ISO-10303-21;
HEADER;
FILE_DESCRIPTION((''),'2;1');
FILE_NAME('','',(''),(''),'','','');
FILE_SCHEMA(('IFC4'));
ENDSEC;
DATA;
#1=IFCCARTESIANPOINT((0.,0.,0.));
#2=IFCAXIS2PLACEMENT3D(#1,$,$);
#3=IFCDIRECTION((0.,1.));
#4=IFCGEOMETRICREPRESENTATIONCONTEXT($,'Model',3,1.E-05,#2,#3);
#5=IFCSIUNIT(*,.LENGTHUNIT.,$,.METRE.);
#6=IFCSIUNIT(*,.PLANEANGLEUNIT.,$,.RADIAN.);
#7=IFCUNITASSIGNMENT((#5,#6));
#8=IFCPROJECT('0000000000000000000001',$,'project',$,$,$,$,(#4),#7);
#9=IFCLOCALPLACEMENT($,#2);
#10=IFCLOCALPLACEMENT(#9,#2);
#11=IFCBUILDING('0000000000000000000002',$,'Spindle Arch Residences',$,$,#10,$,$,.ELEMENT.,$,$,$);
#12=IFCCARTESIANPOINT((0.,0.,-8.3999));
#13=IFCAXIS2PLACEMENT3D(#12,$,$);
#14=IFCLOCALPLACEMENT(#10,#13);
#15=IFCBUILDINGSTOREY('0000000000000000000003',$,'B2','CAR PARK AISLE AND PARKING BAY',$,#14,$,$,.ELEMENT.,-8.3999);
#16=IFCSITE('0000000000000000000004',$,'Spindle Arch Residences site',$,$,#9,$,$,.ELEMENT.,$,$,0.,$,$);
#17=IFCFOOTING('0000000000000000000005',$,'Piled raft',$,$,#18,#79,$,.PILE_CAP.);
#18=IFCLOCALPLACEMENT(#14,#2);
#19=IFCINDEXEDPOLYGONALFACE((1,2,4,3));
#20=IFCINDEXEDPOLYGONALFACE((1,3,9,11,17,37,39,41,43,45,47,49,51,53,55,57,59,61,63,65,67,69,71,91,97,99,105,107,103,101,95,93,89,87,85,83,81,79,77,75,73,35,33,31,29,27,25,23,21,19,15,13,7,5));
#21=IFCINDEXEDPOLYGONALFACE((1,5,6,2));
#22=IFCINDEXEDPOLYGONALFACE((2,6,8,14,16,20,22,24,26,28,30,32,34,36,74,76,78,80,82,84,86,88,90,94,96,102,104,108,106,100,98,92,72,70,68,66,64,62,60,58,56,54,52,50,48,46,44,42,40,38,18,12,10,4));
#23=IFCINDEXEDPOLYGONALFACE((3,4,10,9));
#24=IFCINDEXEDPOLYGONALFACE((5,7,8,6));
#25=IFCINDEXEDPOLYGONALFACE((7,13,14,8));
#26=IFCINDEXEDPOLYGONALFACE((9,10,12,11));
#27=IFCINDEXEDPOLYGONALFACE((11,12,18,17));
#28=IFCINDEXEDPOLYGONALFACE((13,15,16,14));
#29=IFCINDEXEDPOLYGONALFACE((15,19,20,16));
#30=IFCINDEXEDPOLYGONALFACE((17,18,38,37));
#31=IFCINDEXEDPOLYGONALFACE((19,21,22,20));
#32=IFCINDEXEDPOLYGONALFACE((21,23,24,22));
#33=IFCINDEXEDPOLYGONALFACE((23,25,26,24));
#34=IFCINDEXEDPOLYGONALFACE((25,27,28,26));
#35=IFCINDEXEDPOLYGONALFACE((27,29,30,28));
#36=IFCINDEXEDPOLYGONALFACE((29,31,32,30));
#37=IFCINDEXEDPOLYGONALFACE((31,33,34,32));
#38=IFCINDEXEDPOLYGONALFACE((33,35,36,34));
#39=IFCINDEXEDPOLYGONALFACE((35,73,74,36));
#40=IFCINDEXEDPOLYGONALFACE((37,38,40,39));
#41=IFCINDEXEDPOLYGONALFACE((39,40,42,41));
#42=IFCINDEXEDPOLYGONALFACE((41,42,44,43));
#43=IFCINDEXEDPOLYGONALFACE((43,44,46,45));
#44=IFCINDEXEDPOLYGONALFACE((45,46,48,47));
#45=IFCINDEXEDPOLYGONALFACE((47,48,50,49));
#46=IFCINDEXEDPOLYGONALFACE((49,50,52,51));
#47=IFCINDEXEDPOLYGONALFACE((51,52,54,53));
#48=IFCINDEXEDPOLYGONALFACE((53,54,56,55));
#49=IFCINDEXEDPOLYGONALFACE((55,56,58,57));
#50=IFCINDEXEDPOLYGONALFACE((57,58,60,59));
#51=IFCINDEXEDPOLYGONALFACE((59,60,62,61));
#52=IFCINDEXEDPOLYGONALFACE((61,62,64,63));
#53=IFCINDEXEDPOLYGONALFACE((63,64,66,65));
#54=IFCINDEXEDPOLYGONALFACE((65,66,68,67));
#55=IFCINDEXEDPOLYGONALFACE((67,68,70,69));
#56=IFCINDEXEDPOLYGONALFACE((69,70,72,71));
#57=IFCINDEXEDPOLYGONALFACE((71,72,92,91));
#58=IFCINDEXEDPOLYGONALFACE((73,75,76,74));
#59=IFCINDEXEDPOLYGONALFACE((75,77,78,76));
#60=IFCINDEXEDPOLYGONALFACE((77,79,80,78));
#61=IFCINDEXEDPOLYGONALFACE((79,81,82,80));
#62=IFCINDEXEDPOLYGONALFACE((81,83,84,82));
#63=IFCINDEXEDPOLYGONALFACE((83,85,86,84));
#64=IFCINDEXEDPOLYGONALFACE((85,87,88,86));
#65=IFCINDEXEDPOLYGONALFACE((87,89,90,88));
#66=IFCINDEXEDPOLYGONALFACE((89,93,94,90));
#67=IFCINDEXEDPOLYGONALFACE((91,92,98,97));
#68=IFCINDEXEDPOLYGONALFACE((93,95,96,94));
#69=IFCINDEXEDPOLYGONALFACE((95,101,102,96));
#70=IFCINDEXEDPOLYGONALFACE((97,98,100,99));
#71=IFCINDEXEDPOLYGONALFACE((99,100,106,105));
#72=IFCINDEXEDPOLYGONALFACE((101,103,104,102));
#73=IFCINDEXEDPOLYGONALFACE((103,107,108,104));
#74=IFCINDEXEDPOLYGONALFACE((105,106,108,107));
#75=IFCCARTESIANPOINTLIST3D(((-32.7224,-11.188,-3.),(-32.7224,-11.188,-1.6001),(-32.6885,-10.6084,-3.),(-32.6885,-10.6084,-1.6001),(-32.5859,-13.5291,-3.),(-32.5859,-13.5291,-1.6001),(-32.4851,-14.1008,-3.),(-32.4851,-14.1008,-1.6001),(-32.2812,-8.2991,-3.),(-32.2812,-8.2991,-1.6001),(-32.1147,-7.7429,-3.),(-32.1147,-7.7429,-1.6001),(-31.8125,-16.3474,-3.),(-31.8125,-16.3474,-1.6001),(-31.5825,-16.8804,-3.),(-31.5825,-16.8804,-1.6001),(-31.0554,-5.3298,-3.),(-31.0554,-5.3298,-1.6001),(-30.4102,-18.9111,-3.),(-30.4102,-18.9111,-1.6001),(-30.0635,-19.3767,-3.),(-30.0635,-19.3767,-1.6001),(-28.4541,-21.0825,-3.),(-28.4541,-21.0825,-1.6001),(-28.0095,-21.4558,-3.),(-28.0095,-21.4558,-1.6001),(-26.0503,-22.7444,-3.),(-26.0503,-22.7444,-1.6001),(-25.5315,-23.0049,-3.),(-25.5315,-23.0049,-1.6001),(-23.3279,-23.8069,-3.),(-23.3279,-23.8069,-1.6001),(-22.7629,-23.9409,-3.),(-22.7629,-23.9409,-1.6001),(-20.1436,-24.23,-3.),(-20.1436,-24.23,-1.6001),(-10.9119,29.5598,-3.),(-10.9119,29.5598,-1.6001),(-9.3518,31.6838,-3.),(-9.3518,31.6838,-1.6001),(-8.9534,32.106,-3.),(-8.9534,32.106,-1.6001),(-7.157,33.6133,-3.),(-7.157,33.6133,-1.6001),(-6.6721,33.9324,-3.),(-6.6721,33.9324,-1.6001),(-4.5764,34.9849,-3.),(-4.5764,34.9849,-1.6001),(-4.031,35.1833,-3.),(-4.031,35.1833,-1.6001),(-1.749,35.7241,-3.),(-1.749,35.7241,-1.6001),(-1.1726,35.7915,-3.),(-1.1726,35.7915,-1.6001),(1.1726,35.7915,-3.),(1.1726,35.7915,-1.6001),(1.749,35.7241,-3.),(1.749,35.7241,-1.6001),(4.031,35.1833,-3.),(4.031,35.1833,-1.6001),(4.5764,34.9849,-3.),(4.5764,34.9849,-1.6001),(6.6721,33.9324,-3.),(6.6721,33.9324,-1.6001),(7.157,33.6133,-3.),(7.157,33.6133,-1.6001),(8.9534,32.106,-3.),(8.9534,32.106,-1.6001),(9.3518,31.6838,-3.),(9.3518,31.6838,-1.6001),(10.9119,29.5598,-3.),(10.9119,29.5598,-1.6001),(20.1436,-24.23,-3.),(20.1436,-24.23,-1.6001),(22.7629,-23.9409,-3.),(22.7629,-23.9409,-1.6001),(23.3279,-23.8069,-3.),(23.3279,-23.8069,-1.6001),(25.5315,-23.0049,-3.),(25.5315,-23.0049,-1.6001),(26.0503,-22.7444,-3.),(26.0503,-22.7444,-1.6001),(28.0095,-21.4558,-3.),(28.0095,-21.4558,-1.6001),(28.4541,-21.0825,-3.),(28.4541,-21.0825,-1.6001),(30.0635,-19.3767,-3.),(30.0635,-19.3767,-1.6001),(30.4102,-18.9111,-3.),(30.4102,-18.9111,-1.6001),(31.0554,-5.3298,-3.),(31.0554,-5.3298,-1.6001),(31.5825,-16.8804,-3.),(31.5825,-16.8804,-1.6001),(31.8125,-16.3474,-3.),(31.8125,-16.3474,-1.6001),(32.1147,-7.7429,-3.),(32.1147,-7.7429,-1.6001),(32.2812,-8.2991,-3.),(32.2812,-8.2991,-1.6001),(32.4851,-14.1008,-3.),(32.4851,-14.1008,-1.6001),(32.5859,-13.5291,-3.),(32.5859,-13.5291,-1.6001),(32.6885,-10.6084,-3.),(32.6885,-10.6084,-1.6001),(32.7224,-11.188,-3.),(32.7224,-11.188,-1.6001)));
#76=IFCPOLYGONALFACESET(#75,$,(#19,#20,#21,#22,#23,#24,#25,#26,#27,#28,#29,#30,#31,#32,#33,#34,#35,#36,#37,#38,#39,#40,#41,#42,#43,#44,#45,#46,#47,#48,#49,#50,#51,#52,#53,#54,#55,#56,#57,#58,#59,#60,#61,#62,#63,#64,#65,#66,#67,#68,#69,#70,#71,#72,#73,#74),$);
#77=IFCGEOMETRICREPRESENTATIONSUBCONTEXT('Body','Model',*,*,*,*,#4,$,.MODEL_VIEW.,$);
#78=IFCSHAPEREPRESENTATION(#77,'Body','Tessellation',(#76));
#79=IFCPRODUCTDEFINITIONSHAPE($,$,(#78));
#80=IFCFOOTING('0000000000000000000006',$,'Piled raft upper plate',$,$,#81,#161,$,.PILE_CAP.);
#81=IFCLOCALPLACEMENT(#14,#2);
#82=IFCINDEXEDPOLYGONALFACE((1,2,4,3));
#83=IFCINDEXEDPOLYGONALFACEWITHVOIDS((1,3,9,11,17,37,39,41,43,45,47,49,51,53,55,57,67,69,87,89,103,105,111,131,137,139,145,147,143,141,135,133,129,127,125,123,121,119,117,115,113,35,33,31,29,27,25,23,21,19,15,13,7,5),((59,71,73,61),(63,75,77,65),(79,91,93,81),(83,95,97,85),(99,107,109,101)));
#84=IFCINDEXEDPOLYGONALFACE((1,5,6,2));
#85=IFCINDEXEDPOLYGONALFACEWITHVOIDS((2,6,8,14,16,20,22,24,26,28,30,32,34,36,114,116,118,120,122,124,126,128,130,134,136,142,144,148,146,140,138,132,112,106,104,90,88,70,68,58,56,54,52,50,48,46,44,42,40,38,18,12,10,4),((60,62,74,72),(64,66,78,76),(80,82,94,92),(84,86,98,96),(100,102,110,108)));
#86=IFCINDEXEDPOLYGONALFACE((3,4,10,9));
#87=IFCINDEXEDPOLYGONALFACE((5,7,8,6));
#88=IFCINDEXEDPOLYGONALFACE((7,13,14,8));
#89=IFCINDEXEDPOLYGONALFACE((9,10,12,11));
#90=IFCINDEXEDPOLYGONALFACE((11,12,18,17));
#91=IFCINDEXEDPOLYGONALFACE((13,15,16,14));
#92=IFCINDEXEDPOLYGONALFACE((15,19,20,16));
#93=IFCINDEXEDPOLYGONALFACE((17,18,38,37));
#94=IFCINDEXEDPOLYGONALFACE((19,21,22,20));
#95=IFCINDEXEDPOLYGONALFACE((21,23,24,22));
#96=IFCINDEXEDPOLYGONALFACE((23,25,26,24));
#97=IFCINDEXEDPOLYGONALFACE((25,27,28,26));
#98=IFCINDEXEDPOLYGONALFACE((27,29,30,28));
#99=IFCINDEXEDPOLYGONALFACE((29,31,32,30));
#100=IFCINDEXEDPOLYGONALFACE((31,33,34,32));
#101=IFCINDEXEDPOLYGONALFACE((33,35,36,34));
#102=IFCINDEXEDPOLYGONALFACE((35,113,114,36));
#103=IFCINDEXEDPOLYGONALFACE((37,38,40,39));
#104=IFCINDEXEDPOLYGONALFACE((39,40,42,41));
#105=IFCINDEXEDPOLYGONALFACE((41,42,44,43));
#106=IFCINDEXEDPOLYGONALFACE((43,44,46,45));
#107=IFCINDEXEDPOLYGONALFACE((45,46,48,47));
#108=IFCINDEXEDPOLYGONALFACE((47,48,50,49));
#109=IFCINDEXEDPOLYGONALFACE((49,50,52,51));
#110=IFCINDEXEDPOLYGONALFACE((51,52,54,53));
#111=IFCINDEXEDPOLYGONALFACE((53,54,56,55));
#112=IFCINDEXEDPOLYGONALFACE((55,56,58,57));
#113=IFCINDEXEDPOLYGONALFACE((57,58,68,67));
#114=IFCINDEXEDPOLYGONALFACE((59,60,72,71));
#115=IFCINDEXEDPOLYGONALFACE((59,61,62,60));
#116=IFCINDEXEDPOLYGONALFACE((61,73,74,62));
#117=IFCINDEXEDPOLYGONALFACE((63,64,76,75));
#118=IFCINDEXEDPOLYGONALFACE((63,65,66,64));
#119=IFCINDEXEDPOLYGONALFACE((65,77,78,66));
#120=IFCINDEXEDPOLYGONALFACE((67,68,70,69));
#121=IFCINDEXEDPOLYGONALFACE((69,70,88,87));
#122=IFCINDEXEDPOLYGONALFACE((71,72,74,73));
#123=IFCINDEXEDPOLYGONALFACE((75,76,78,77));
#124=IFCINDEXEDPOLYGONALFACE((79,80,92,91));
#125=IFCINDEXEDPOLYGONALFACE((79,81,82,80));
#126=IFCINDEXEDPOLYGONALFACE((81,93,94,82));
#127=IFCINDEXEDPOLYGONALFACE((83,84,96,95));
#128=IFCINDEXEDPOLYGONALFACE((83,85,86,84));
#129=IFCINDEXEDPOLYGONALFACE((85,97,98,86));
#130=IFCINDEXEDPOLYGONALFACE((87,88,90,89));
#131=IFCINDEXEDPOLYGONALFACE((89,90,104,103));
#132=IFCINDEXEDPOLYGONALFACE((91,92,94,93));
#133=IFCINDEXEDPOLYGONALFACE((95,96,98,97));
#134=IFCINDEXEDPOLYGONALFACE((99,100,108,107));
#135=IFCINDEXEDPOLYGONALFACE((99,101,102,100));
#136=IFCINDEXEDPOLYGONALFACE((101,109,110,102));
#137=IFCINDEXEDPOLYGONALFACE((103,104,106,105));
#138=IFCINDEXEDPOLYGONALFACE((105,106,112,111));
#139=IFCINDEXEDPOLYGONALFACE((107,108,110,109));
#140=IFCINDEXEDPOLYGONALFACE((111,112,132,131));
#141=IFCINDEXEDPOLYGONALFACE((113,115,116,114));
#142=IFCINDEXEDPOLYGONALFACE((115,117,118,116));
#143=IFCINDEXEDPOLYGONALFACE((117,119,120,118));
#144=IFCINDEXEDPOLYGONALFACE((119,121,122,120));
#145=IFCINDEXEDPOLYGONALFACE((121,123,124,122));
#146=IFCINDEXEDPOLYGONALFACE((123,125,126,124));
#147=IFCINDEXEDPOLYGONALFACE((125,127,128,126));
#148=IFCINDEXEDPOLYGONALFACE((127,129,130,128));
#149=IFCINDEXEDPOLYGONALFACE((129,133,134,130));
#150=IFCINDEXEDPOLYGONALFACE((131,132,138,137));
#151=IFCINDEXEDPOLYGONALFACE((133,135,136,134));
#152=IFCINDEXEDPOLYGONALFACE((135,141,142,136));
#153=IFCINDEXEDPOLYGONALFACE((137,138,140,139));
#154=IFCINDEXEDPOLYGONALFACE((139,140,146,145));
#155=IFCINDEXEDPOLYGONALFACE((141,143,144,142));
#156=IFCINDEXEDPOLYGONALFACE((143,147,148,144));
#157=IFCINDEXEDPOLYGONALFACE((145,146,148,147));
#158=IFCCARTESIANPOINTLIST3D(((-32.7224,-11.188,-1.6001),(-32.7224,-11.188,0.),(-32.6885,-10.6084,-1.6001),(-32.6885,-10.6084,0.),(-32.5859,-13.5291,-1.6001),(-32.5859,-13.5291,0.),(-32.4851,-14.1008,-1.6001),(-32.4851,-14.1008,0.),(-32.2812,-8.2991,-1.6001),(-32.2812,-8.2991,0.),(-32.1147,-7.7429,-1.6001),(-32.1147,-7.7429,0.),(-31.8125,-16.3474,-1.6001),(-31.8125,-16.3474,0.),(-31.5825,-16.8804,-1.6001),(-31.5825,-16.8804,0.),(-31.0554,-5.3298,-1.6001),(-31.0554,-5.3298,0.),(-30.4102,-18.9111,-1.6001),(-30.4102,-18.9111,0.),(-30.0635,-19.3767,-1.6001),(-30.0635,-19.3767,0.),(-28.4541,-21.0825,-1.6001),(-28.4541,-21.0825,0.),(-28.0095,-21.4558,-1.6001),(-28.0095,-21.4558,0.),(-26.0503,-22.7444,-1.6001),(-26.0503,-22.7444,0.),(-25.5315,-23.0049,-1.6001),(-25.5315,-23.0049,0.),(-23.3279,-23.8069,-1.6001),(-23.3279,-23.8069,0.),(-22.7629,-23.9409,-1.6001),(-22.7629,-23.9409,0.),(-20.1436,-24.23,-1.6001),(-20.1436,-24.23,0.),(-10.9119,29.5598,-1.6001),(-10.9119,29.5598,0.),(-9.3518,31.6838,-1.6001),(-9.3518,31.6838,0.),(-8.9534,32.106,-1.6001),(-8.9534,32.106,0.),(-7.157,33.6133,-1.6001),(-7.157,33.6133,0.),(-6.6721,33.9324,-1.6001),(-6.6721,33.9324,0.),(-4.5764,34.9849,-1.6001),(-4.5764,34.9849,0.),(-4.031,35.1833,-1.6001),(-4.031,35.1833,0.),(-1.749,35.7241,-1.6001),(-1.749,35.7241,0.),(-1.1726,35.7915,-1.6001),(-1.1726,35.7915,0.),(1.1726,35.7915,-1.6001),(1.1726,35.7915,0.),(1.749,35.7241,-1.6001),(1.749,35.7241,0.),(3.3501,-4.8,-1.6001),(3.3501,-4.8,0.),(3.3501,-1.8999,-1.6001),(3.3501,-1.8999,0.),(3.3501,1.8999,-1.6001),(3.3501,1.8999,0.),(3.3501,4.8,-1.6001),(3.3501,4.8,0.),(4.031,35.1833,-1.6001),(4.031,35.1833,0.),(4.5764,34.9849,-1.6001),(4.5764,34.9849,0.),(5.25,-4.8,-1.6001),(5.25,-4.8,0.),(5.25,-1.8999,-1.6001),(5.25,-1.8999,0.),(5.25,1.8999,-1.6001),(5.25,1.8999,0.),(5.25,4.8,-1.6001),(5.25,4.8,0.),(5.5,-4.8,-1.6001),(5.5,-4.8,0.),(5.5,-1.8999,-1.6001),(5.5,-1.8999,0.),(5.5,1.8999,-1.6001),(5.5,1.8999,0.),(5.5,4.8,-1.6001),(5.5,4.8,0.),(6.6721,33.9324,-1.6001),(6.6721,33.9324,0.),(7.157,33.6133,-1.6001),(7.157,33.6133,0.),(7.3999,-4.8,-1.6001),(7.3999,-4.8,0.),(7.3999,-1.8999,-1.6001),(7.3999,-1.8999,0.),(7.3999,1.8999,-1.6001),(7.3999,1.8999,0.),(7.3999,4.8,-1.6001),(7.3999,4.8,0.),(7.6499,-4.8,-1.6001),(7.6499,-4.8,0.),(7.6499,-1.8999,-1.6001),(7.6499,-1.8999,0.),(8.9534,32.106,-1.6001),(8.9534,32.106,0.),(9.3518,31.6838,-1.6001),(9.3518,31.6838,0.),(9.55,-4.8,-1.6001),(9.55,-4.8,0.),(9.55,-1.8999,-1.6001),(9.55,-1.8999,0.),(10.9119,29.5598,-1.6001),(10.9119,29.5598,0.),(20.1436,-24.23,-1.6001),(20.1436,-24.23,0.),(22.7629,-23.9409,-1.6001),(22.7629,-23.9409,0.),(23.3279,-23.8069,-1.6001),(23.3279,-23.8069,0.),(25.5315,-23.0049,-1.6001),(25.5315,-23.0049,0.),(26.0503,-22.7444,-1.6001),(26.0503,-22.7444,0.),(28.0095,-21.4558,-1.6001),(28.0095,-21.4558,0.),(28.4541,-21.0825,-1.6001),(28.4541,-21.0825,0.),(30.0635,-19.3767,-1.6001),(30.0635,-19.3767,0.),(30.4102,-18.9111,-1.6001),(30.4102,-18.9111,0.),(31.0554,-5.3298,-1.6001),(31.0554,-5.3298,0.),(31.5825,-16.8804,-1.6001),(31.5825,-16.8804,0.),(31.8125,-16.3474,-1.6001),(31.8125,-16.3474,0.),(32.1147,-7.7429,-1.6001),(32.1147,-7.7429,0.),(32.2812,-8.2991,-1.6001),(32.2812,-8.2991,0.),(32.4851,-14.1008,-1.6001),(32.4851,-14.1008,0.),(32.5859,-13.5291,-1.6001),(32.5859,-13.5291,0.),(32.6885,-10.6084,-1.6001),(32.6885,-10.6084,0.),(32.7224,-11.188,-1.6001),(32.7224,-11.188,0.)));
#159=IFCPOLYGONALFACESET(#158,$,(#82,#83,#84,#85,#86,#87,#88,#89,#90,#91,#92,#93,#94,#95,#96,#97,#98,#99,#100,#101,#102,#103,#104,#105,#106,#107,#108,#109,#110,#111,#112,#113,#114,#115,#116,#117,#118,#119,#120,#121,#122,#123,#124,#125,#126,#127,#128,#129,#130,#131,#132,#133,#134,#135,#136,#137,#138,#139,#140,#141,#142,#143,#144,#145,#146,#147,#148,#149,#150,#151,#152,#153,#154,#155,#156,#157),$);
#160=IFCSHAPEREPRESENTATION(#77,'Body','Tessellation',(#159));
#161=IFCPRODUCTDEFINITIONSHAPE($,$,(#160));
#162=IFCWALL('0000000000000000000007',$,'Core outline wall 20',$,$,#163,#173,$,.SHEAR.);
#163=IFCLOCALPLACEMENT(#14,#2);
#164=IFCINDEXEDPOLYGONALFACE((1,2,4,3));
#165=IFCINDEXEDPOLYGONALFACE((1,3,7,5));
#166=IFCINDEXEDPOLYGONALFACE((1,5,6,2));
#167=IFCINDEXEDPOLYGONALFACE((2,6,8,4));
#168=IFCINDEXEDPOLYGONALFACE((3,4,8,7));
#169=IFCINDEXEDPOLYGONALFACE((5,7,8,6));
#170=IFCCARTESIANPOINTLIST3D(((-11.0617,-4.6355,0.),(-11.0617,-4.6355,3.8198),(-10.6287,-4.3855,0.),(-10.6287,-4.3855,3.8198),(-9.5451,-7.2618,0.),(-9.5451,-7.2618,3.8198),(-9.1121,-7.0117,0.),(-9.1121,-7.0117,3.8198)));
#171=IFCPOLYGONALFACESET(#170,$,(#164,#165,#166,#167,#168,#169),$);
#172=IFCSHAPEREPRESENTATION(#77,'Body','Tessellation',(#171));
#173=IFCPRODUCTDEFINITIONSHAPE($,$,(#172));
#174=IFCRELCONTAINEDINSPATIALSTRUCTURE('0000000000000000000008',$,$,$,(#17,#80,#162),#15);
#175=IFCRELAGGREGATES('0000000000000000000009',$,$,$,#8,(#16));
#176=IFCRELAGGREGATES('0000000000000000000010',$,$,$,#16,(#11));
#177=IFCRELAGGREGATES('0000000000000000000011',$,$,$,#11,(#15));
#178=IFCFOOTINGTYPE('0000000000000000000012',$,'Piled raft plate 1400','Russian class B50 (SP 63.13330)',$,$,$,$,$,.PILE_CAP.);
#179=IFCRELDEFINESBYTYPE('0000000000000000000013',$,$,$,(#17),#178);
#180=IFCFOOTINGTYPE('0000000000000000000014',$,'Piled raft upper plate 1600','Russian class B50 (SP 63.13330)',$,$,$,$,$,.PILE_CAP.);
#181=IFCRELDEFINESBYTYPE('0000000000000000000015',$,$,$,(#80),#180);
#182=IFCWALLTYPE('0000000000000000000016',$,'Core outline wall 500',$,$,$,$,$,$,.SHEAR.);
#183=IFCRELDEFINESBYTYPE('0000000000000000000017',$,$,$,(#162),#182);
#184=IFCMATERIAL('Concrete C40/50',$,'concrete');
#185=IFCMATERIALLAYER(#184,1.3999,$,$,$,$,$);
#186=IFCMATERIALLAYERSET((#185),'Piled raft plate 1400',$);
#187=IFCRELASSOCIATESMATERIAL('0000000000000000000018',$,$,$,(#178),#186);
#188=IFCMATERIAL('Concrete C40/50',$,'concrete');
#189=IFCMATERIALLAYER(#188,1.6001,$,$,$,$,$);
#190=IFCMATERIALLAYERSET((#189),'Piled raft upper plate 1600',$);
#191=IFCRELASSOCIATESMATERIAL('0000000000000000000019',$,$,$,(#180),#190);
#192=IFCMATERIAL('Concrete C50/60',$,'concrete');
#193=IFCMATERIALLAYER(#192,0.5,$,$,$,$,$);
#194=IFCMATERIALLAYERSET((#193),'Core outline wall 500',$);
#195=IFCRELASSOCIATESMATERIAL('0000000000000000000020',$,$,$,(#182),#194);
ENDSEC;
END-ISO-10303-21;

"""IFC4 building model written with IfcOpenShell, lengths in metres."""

from ifc_helpers import new_model, si_unit, direction, frame, frame_2d, origin, place, context, subcontext, project, spatial, polyline, rectangle, outline, extrude, material, layer, layer_set, type_object, element, save


model = new_model("IFC4")

# Units and contexts
model_context = context("Model", 3, precision=1e-05, world=origin(), true_north=direction((0.0, 1.0)))
body_context = subcontext(model_context, "Body", "Model", "MODEL_VIEW")
ifc_project = project(units=[si_unit("LENGTHUNIT", "METRE"), si_unit("PLANEANGLEUNIT", "RADIAN")], contexts=[model_context])

# Site, building, storey
site_placement = place(None, origin())
site = spatial("IfcSite", under=ifc_project, at=site_placement, Name="Spindle Arch Residences site", CompositionType="ELEMENT", RefElevation=0.0)
building_placement = place(site_placement, origin())
building = spatial("IfcBuilding", under=site, at=building_placement, Name="Spindle Arch Residences", CompositionType="ELEMENT")
storey_placement = place(building_placement, frame((0.0, 0.0, -8.3999)))
storey = spatial("IfcBuildingStorey", under=building, at=storey_placement, Name="B2", Description="CAR PARK AISLE AND PARKING BAY", CompositionType="ELEMENT", Elevation=-8.3999)

# Footings
ifc_material_1 = material(Name="Concrete C40/50", Category="concrete")
ifc_layer_1 = layer(ifc_material_1, 1.3999)
ifc_layer_set_1 = layer_set([ifc_layer_1], Name="Piled raft plate 1400")
footing_type_1 = type_object("IfcFootingType", Name="Piled raft plate 1400", Description="Russian class B50 (SP 63.13330)", PredefinedType="PILE_CAP", material=ifc_layer_set_1)
footing_1_placement = place(storey_placement, frame((0.0, 0.0, -3.0)))
element("IfcFooting", 1, at=footing_1_placement, inside=storey, type_object=footing_type_1, Name="Piled raft", PredefinedType="PILE_CAP", context=body_context, shape_type="SweptSolid", body=[
    extrude(outline(polyline([(20.1436, -24.23), (-20.1436, -24.23), (-22.7629, -23.9409), (-23.3279, -23.8069), (-25.5315, -23.0049), (-26.0503, -22.7444), (-28.0095, -21.4558), (-28.4541, -21.0825), (-30.0635, -19.3767), (-30.4102, -18.9111), (-31.5825, -16.8804), (-31.8125, -16.3474), (-32.4851, -14.1008), (-32.5859, -13.5291), (-32.7224, -11.188), (-32.6885, -10.6084), (-32.2812, -8.2991), (-32.1147, -7.7429), (-31.0554, -5.3298), (-10.9119, 29.5598), (-9.3518, 31.6838), (-8.9534, 32.106), (-7.157, 33.6133), (-6.6721, 33.9324), (-4.5764, 34.9849), (-4.031, 35.1833), (-1.749, 35.7241), (-1.1726, 35.7915), (1.1726, 35.7915), (1.749, 35.7241), (4.031, 35.1833), (4.5764, 34.9849), (6.6721, 33.9324), (7.157, 33.6133), (8.9534, 32.106), (9.3518, 31.6838), (10.9119, 29.5598), (31.0554, -5.3298), (32.1147, -7.7429), (32.2812, -8.2991), (32.6885, -10.6084), (32.7224, -11.188), (32.5859, -13.5291), (32.4851, -14.1008), (31.8125, -16.3474), (31.5825, -16.8804), (30.4102, -18.9111), (30.0635, -19.3767), (28.4541, -21.0825), (28.0095, -21.4558), (26.0503, -22.7444), (25.5315, -23.0049), (23.3279, -23.8069), (22.7629, -23.9409), (20.1436, -24.23)])), origin(), (0.0, 0.0, 1.0), 1.3999),
])
ifc_material_2 = material(Name="Concrete C40/50", Category="concrete")
ifc_layer_2 = layer(ifc_material_2, 1.6001)
ifc_layer_set_2 = layer_set([ifc_layer_2], Name="Piled raft upper plate 1600")
footing_type_2 = type_object("IfcFootingType", Name="Piled raft upper plate 1600", Description="Russian class B50 (SP 63.13330)", PredefinedType="PILE_CAP", material=ifc_layer_set_2)
footing_2_placement = place(storey_placement, frame((0.0, 0.0, -1.6001)))
element("IfcFooting", 2, at=footing_2_placement, inside=storey, type_object=footing_type_2, Name="Piled raft upper plate", PredefinedType="PILE_CAP", context=body_context, shape_type="SweptSolid", body=[
    extrude(outline(polyline([(-20.1436, -24.23), (-22.7629, -23.9409), (-23.3279, -23.8069), (-25.5315, -23.0049), (-26.0503, -22.7444), (-28.0095, -21.4558), (-28.4541, -21.0825), (-30.0635, -19.3767), (-30.4102, -18.9111), (-31.5825, -16.8804), (-31.8125, -16.3474), (-32.4851, -14.1008), (-32.5859, -13.5291), (-32.7224, -11.188), (-32.6885, -10.6084), (-32.2812, -8.2991), (-32.1147, -7.7429), (-31.0554, -5.3298), (-10.9119, 29.5598), (-9.3518, 31.6838), (-8.9534, 32.106), (-7.157, 33.6133), (-6.6721, 33.9324), (-4.5764, 34.9849), (-4.031, 35.1833), (-1.749, 35.7241), (-1.1726, 35.7915), (1.1726, 35.7915), (1.749, 35.7241), (4.031, 35.1833), (4.5764, 34.9849), (6.6721, 33.9324), (7.157, 33.6133), (8.9534, 32.106), (9.3518, 31.6838), (10.9119, 29.5598), (31.0554, -5.3298), (32.1147, -7.7429), (32.2812, -8.2991), (32.6885, -10.6084), (32.7224, -11.188), (32.5859, -13.5291), (32.4851, -14.1008), (31.8125, -16.3474), (31.5825, -16.8804), (30.4102, -18.9111), (30.0635, -19.3767), (28.4541, -21.0825), (28.0095, -21.4558), (26.0503, -22.7444), (25.5315, -23.0049), (23.3279, -23.8069), (22.7629, -23.9409), (20.1436, -24.23), (-20.1436, -24.23)]), holes=[polyline([(3.3501, -1.8999), (3.3501, -4.8), (5.25, -4.8), (5.25, -1.8999), (3.3501, -1.8999)]), polyline([(5.5, -1.8999), (5.5, -4.8), (7.3999, -4.8), (7.3999, -1.8999), (5.5, -1.8999)]), polyline([(7.6499, -1.8999), (7.6499, -4.8), (9.55, -4.8), (9.55, -1.8999), (7.6499, -1.8999)]), polyline([(5.25, 4.8), (3.3501, 4.8), (3.3501, 1.8999), (5.25, 1.8999), (5.25, 4.8)]), polyline([(7.3999, 4.8), (5.5, 4.8), (5.5, 1.8999), (7.3999, 1.8999), (7.3999, 4.8)])]), origin(), (0.0, 0.0, 1.0), 1.6001),
])

# Wall
ifc_material_3 = material(Name="Concrete C50/60", Category="concrete")
ifc_layer_3 = layer(ifc_material_3, 0.5)
ifc_layer_set_3 = layer_set([ifc_layer_3], Name="Core outline wall 500")
wall_type_1 = type_object("IfcWallType", Name="Core outline wall 500", PredefinedType="SHEAR", material=ifc_layer_set_3)
wall_1_placement = place(storey_placement, frame((-10.8452, -4.5105, 0.0), z_axis=(0.0, 0.0, 1.0), x_axis=(0.500087, -0.865975, 0.0)))
element("IfcWall", 3, at=wall_1_placement, inside=storey, type_object=wall_type_1, Name="Core outline wall 20", PredefinedType="SHEAR", context=body_context, shape_type="SweptSolid", body=[
    extrude(rectangle(XDim=3.0327, YDim=0.5, at=frame_2d((1.5164, 0.0))), origin(), (0.0, 0.0, 1.0), 3.8198),
])

save(model, "model.ifc")
